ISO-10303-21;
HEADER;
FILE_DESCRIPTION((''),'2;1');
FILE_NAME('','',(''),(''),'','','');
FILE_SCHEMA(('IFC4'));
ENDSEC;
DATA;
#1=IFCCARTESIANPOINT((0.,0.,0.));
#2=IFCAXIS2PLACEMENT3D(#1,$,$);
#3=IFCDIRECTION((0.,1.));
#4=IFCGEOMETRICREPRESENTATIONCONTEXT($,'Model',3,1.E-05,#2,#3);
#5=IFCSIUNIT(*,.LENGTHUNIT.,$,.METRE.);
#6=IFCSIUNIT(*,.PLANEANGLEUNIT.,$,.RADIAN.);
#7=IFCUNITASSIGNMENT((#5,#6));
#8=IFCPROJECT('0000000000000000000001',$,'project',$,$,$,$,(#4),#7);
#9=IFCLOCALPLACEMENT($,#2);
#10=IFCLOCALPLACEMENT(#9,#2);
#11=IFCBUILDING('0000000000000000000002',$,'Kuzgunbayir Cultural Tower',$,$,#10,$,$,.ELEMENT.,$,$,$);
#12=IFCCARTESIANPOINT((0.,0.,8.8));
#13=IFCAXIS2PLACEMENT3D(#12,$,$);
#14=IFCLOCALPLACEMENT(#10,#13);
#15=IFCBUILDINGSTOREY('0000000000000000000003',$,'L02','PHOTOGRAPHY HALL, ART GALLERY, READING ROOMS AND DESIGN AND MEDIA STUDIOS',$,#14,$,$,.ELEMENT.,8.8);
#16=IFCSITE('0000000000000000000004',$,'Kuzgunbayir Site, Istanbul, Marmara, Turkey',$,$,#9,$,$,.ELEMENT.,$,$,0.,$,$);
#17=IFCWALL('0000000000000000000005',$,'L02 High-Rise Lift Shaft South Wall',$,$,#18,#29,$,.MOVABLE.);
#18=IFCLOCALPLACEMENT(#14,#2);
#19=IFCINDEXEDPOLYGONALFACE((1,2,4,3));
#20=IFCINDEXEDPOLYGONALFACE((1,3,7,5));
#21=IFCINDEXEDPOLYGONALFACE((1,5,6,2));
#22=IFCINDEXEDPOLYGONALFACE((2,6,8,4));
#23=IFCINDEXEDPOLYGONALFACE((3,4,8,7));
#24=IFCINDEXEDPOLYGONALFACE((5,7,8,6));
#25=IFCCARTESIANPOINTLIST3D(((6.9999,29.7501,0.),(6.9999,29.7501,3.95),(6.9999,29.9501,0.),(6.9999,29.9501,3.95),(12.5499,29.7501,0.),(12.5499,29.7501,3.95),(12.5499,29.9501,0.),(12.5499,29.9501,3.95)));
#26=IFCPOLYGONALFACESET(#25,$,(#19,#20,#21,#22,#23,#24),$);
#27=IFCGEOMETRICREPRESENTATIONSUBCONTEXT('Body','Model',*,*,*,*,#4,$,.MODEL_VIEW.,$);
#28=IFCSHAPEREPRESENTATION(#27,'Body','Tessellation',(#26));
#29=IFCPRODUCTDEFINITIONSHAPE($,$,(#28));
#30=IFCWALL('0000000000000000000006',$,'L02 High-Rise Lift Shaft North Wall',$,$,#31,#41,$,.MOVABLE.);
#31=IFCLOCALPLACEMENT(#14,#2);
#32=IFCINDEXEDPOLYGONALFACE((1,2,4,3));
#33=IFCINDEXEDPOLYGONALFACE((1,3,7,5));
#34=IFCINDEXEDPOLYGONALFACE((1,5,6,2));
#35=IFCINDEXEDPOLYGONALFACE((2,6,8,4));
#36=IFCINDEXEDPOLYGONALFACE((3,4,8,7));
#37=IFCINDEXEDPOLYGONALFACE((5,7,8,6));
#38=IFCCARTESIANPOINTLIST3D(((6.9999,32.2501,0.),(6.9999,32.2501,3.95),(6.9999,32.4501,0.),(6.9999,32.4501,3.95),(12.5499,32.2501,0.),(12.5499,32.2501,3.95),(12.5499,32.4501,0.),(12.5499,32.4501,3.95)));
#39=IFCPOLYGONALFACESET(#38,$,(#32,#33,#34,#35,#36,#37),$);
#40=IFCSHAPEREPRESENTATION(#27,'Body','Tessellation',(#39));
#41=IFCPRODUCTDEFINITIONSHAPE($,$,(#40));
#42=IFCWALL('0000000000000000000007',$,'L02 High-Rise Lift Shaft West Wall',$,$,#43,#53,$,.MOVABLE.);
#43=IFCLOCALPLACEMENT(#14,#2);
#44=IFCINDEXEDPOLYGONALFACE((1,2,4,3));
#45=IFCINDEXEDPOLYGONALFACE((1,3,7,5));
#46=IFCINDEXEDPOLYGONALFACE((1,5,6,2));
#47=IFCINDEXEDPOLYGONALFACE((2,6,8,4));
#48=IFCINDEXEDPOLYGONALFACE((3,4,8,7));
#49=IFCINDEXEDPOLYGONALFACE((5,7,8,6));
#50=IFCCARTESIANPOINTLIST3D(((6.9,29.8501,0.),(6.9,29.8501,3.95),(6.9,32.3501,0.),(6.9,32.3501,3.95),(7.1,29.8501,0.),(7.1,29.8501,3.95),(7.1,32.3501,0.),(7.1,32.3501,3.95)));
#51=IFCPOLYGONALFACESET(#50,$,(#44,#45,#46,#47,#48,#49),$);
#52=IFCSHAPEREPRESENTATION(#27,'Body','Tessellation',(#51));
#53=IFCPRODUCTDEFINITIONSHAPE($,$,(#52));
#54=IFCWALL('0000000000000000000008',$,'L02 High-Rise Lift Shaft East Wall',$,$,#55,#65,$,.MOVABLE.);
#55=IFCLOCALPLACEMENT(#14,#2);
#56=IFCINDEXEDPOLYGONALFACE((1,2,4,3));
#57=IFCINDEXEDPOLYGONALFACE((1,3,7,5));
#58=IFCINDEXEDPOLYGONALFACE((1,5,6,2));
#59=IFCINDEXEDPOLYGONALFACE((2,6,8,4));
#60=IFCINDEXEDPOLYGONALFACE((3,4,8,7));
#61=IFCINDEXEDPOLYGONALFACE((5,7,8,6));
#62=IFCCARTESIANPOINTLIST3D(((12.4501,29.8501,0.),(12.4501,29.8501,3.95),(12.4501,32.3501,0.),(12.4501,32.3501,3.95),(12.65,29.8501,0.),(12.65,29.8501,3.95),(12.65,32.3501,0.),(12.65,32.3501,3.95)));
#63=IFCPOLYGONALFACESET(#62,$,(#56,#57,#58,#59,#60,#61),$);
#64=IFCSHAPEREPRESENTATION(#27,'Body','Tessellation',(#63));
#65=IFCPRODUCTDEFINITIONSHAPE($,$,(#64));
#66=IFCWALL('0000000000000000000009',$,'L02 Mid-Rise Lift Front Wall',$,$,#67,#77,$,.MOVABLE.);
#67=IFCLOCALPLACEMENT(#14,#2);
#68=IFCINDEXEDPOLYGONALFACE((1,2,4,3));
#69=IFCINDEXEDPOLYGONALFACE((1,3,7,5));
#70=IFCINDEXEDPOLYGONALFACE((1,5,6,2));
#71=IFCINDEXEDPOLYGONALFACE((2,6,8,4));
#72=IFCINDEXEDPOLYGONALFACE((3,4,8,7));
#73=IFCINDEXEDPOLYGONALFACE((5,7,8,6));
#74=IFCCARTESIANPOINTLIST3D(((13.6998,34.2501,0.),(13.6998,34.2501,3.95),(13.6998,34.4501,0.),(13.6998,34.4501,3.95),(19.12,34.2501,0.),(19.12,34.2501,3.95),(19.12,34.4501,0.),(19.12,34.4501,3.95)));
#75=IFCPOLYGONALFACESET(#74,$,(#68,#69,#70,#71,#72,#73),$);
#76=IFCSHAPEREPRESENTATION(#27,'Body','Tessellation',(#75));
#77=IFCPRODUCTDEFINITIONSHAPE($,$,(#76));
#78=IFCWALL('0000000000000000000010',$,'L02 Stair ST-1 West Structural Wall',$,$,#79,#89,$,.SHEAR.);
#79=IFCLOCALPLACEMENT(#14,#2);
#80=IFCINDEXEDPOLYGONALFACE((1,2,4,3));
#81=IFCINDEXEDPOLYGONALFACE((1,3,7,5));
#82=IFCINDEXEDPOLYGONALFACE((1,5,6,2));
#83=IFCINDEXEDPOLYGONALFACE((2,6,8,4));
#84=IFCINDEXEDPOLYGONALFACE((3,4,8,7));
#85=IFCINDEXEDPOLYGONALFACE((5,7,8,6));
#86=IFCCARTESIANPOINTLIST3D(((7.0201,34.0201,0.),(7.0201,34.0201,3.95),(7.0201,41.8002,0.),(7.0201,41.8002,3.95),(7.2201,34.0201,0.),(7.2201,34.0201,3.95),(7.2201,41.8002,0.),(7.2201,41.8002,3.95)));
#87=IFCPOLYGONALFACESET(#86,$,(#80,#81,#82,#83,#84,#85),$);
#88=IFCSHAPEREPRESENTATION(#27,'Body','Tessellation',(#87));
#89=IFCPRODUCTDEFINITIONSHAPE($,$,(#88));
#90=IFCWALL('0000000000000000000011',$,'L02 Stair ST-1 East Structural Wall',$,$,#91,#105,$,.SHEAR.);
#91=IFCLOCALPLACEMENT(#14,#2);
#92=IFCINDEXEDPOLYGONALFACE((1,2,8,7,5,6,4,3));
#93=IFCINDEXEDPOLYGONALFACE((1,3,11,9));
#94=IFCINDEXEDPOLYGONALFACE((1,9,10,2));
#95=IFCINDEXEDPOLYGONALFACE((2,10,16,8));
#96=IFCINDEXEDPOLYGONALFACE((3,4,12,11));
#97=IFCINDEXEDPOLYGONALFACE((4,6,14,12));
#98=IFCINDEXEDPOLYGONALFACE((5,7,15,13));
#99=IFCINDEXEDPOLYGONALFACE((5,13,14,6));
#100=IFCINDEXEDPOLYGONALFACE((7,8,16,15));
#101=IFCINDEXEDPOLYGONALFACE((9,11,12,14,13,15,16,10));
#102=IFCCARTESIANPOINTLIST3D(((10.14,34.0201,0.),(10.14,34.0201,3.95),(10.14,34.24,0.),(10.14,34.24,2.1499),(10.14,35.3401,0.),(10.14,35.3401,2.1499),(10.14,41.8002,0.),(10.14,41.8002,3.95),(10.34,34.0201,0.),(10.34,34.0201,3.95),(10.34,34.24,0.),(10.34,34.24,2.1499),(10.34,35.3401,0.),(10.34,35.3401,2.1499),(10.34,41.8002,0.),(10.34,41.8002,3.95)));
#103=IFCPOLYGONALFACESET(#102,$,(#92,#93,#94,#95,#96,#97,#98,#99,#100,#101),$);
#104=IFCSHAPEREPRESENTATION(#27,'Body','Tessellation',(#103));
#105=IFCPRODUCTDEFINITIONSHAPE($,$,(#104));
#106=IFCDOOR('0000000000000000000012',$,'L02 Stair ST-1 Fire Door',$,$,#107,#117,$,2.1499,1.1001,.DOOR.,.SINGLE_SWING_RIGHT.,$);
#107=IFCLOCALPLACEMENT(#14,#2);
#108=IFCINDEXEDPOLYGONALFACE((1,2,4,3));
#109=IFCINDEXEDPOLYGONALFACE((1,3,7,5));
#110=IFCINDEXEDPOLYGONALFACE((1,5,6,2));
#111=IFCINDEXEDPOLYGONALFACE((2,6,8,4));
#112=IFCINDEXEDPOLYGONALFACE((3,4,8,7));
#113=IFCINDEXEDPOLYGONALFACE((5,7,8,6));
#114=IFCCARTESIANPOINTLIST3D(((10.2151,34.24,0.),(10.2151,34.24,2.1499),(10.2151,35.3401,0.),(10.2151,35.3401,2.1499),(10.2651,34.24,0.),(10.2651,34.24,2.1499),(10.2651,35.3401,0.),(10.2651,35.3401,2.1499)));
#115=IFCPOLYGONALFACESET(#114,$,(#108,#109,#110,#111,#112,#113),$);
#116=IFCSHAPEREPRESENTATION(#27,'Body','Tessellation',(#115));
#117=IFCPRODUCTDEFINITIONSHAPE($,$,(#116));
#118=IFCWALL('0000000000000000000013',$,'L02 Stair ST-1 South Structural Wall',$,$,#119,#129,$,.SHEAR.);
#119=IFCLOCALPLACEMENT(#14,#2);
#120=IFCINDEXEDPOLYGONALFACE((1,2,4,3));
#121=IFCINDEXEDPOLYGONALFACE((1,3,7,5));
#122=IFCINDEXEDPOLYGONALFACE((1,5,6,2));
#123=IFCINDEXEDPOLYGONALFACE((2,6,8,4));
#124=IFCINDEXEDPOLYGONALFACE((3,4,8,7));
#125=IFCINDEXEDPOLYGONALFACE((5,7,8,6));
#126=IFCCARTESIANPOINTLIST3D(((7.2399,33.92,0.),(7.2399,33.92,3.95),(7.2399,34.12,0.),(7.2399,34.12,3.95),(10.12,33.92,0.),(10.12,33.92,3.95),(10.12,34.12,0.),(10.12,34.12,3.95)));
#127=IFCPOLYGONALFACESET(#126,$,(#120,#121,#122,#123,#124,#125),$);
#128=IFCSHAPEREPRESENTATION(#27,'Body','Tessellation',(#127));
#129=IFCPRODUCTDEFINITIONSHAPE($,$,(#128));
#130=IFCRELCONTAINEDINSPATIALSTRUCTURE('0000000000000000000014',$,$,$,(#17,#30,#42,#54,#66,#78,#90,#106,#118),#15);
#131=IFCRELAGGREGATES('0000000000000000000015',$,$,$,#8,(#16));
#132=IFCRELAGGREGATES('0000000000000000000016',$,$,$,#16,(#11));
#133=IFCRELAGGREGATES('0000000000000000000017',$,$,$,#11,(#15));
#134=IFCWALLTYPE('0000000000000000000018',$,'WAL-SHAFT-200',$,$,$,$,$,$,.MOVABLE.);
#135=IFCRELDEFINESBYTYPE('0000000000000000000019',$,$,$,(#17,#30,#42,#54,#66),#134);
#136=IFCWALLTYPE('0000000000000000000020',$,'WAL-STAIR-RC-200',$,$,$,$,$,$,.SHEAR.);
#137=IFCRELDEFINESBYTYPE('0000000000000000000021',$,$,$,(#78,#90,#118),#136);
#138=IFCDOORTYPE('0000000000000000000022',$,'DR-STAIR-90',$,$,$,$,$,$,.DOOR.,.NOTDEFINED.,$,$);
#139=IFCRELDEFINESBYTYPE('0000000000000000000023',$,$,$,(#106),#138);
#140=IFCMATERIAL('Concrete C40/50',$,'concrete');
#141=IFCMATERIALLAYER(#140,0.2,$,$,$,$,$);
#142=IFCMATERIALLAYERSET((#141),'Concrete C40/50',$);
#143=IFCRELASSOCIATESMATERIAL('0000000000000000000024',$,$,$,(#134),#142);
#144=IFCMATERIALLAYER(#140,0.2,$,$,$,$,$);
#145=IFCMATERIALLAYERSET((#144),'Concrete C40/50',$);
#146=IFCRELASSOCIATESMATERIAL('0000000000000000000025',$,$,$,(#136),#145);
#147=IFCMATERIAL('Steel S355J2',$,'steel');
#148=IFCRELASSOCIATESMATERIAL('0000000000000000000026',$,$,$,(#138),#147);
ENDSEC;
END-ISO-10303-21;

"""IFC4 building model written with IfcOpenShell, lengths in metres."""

from ifc_helpers import new_model, si_unit, direction, frame, frame_2d, origin, place, context, subcontext, project, spatial, rectangle, extrude, material, layer, layer_set, type_object, element, fill, save


model = new_model("IFC4")

# Units and contexts
model_context = context("Model", 3, precision=1e-05, world=origin(), true_north=direction((0.0, 1.0)))
body_context = subcontext(model_context, "Body", "Model", "MODEL_VIEW")
ifc_project = project(units=[si_unit("LENGTHUNIT", "METRE"), si_unit("PLANEANGLEUNIT", "RADIAN")], contexts=[model_context])

# Site, building, storey
site_placement = place(None, origin())
site = spatial("IfcSite", under=ifc_project, at=site_placement, Name="Kuzgunbayir Site, Istanbul, Marmara, Turkey", CompositionType="ELEMENT", RefElevation=0.0)
building_placement = place(site_placement, origin())
building = spatial("IfcBuilding", under=site, at=building_placement, Name="Kuzgunbayir Cultural Tower", CompositionType="ELEMENT")
storey_placement = place(building_placement, frame((0.0, 0.0, 8.8)))
storey = spatial("IfcBuildingStorey", under=building, at=storey_placement, Name="L02", Description="PHOTOGRAPHY HALL, ART GALLERY, READING ROOMS AND DESIGN AND MEDIA STUDIOS", CompositionType="ELEMENT", Elevation=8.8)

# Shared definitions
ifc_material_1 = material(Name="Steel S355J2", Category="steel")

# Walls
ifc_material_2 = material(Name="Concrete C40/50", Category="concrete")
ifc_layer_1 = layer(ifc_material_2, 0.2)
ifc_layer_set_1 = layer_set([ifc_layer_1], Name="Concrete C40/50")
wall_type_1 = type_object("IfcWallType", Name="WAL-SHAFT-200", PredefinedType="MOVABLE", material=ifc_layer_set_1)
for number, where, z_axis, x_axis, name in (
    (1, (7.0, 29.8501, 0.0), (0.0, 0.0, 1.0), (1.0, 0.0, 0.0), "L02 High-Rise Lift Shaft South Wall"),
    (2, (7.0, 32.3501, 0.0), (0.0, 0.0, 1.0), (1.0, 0.0, 0.0), "L02 High-Rise Lift Shaft North Wall"),
):
    element("IfcWall", number, at=place(storey_placement, frame(where, z_axis=z_axis, x_axis=x_axis)), inside=storey, type_object=wall_type_1, Name=name, PredefinedType="MOVABLE", context=body_context, shape_type="SweptSolid", body=[
        extrude(rectangle(XDim=5.55, YDim=0.2, at=frame_2d((2.7749, 0.0))), origin(), (0.0, 0.0, 1.0), 3.95),
    ])
for number, where, z_axis, x_axis, name in (
    (3, (7.0, 29.8501, 0.0), (0.0, 0.0, 1.0), (0.0, 1.0, 0.0), "L02 High-Rise Lift Shaft West Wall"),
    (4, (12.55, 29.8501, 0.0), (0.0, 0.0, 1.0), (0.0, 1.0, 0.0), "L02 High-Rise Lift Shaft East Wall"),
):
    element("IfcWall", number, at=place(storey_placement, frame(where, z_axis=z_axis, x_axis=x_axis)), inside=storey, type_object=wall_type_1, Name=name, PredefinedType="MOVABLE", context=body_context, shape_type="SweptSolid", body=[
        extrude(rectangle(XDim=2.5, YDim=0.2, at=frame_2d((1.25, 0.0))), origin(), (0.0, 0.0, 1.0), 3.95),
    ])
wall_1_placement = place(storey_placement, frame((13.7, 34.3501, 0.0), z_axis=(0.0, 0.0, 1.0), x_axis=(1.0, 0.0, 0.0)))
element("IfcWall", 5, at=wall_1_placement, inside=storey, type_object=wall_type_1, Name="L02 Mid-Rise Lift Front Wall", PredefinedType="MOVABLE", context=body_context, shape_type="SweptSolid", body=[
    extrude(rectangle(XDim=5.4202, YDim=0.2, at=frame_2d((2.71, 0.0))), origin(), (0.0, 0.0, 1.0), 3.95),
])
ifc_layer_2 = layer(ifc_material_2, 0.2)
ifc_layer_set_2 = layer_set([ifc_layer_2], Name="Concrete C40/50")
wall_type_2 = type_object("IfcWallType", Name="WAL-STAIR-RC-200", PredefinedType="SHEAR", material=ifc_layer_set_2)
wall_2_placement = place(storey_placement, frame((7.1201, 34.02, 0.0), z_axis=(0.0, 0.0, 1.0), x_axis=(0.0, 1.0, 0.0)))
element("IfcWall", 6, at=wall_2_placement, inside=storey, type_object=wall_type_2, Name="L02 Stair ST-1 West Structural Wall", PredefinedType="SHEAR", context=body_context, shape_type="SweptSolid", body=[
    extrude(rectangle(XDim=7.78, YDim=0.2, at=frame_2d((3.8901, 0.0))), origin(), (0.0, 0.0, 1.0), 3.95),
])

# Wall, opening, door
wall_3_placement = place(storey_placement, frame((10.24, 34.02, 0.0), z_axis=(0.0, 0.0, 1.0), x_axis=(0.0, 1.0, 0.0)))
wall_3 = element("IfcWall", 7, at=wall_3_placement, inside=storey, type_object=wall_type_2, Name="L02 Stair ST-1 East Structural Wall", PredefinedType="SHEAR", context=body_context, shape_type="SweptSolid", body=[
    extrude(rectangle(XDim=7.78, YDim=0.2, at=frame_2d((3.8901, 0.0))), origin(), (0.0, 0.0, 1.0), 3.95),
])
opening_1_placement = place(wall_3_placement, frame((0.22, 0.0, 0.0)))
opening_1 = element("IfcOpeningElement", 8, at=opening_1_placement, cuts=wall_3, PredefinedType="OPENING", context=body_context, shape_type="SweptSolid", body=[
    extrude(rectangle(XDim=1.1001, YDim=2.1499, at=frame_2d((0.55, 1.075))), frame((0.0, 0.1099, 0.0), z_axis=(0.0, -1.0, 0.0), x_axis=(1.0, 0.0, 0.0)), (0.0, 0.0, 1.0), 0.22),
])
door_type_1 = type_object("IfcDoorType", Name="DR-STAIR-90", OperationType="NOTDEFINED", PredefinedType="DOOR", material=ifc_material_1)
door_1_placement = place(opening_1_placement, origin())
door_1 = element("IfcDoor", 9, at=door_1_placement, inside=storey, type_object=door_type_1, Name="L02 Stair ST-1 Fire Door", OperationType="SINGLE_SWING_RIGHT", OverallHeight=2.1499, OverallWidth=1.1001, PredefinedType="DOOR", context=body_context, shape_type="SweptSolid", body=[
    extrude(rectangle(XDim=1.1001, YDim=2.1499, at=frame_2d((0.55, 1.075))), frame((0.0, 0.0249, 0.0), z_axis=(0.0, -1.0, 0.0), x_axis=(1.0, 0.0, 0.0)), (0.0, 0.0, 1.0), 0.05),
])
fill(opening_1, door_1)

# Wall
wall_4_placement = place(storey_placement, frame((7.24, 34.02, 0.0), z_axis=(0.0, 0.0, 1.0), x_axis=(1.0, 0.0, 0.0)))
element("IfcWall", 10, at=wall_4_placement, inside=storey, type_object=wall_type_2, Name="L02 Stair ST-1 South Structural Wall", PredefinedType="SHEAR", context=body_context, shape_type="SweptSolid", body=[
    extrude(rectangle(XDim=2.8801, YDim=0.2, at=frame_2d((1.4399, 0.0))), origin(), (0.0, 0.0, 1.0), 3.95),
])

save(model, "model.ifc")
